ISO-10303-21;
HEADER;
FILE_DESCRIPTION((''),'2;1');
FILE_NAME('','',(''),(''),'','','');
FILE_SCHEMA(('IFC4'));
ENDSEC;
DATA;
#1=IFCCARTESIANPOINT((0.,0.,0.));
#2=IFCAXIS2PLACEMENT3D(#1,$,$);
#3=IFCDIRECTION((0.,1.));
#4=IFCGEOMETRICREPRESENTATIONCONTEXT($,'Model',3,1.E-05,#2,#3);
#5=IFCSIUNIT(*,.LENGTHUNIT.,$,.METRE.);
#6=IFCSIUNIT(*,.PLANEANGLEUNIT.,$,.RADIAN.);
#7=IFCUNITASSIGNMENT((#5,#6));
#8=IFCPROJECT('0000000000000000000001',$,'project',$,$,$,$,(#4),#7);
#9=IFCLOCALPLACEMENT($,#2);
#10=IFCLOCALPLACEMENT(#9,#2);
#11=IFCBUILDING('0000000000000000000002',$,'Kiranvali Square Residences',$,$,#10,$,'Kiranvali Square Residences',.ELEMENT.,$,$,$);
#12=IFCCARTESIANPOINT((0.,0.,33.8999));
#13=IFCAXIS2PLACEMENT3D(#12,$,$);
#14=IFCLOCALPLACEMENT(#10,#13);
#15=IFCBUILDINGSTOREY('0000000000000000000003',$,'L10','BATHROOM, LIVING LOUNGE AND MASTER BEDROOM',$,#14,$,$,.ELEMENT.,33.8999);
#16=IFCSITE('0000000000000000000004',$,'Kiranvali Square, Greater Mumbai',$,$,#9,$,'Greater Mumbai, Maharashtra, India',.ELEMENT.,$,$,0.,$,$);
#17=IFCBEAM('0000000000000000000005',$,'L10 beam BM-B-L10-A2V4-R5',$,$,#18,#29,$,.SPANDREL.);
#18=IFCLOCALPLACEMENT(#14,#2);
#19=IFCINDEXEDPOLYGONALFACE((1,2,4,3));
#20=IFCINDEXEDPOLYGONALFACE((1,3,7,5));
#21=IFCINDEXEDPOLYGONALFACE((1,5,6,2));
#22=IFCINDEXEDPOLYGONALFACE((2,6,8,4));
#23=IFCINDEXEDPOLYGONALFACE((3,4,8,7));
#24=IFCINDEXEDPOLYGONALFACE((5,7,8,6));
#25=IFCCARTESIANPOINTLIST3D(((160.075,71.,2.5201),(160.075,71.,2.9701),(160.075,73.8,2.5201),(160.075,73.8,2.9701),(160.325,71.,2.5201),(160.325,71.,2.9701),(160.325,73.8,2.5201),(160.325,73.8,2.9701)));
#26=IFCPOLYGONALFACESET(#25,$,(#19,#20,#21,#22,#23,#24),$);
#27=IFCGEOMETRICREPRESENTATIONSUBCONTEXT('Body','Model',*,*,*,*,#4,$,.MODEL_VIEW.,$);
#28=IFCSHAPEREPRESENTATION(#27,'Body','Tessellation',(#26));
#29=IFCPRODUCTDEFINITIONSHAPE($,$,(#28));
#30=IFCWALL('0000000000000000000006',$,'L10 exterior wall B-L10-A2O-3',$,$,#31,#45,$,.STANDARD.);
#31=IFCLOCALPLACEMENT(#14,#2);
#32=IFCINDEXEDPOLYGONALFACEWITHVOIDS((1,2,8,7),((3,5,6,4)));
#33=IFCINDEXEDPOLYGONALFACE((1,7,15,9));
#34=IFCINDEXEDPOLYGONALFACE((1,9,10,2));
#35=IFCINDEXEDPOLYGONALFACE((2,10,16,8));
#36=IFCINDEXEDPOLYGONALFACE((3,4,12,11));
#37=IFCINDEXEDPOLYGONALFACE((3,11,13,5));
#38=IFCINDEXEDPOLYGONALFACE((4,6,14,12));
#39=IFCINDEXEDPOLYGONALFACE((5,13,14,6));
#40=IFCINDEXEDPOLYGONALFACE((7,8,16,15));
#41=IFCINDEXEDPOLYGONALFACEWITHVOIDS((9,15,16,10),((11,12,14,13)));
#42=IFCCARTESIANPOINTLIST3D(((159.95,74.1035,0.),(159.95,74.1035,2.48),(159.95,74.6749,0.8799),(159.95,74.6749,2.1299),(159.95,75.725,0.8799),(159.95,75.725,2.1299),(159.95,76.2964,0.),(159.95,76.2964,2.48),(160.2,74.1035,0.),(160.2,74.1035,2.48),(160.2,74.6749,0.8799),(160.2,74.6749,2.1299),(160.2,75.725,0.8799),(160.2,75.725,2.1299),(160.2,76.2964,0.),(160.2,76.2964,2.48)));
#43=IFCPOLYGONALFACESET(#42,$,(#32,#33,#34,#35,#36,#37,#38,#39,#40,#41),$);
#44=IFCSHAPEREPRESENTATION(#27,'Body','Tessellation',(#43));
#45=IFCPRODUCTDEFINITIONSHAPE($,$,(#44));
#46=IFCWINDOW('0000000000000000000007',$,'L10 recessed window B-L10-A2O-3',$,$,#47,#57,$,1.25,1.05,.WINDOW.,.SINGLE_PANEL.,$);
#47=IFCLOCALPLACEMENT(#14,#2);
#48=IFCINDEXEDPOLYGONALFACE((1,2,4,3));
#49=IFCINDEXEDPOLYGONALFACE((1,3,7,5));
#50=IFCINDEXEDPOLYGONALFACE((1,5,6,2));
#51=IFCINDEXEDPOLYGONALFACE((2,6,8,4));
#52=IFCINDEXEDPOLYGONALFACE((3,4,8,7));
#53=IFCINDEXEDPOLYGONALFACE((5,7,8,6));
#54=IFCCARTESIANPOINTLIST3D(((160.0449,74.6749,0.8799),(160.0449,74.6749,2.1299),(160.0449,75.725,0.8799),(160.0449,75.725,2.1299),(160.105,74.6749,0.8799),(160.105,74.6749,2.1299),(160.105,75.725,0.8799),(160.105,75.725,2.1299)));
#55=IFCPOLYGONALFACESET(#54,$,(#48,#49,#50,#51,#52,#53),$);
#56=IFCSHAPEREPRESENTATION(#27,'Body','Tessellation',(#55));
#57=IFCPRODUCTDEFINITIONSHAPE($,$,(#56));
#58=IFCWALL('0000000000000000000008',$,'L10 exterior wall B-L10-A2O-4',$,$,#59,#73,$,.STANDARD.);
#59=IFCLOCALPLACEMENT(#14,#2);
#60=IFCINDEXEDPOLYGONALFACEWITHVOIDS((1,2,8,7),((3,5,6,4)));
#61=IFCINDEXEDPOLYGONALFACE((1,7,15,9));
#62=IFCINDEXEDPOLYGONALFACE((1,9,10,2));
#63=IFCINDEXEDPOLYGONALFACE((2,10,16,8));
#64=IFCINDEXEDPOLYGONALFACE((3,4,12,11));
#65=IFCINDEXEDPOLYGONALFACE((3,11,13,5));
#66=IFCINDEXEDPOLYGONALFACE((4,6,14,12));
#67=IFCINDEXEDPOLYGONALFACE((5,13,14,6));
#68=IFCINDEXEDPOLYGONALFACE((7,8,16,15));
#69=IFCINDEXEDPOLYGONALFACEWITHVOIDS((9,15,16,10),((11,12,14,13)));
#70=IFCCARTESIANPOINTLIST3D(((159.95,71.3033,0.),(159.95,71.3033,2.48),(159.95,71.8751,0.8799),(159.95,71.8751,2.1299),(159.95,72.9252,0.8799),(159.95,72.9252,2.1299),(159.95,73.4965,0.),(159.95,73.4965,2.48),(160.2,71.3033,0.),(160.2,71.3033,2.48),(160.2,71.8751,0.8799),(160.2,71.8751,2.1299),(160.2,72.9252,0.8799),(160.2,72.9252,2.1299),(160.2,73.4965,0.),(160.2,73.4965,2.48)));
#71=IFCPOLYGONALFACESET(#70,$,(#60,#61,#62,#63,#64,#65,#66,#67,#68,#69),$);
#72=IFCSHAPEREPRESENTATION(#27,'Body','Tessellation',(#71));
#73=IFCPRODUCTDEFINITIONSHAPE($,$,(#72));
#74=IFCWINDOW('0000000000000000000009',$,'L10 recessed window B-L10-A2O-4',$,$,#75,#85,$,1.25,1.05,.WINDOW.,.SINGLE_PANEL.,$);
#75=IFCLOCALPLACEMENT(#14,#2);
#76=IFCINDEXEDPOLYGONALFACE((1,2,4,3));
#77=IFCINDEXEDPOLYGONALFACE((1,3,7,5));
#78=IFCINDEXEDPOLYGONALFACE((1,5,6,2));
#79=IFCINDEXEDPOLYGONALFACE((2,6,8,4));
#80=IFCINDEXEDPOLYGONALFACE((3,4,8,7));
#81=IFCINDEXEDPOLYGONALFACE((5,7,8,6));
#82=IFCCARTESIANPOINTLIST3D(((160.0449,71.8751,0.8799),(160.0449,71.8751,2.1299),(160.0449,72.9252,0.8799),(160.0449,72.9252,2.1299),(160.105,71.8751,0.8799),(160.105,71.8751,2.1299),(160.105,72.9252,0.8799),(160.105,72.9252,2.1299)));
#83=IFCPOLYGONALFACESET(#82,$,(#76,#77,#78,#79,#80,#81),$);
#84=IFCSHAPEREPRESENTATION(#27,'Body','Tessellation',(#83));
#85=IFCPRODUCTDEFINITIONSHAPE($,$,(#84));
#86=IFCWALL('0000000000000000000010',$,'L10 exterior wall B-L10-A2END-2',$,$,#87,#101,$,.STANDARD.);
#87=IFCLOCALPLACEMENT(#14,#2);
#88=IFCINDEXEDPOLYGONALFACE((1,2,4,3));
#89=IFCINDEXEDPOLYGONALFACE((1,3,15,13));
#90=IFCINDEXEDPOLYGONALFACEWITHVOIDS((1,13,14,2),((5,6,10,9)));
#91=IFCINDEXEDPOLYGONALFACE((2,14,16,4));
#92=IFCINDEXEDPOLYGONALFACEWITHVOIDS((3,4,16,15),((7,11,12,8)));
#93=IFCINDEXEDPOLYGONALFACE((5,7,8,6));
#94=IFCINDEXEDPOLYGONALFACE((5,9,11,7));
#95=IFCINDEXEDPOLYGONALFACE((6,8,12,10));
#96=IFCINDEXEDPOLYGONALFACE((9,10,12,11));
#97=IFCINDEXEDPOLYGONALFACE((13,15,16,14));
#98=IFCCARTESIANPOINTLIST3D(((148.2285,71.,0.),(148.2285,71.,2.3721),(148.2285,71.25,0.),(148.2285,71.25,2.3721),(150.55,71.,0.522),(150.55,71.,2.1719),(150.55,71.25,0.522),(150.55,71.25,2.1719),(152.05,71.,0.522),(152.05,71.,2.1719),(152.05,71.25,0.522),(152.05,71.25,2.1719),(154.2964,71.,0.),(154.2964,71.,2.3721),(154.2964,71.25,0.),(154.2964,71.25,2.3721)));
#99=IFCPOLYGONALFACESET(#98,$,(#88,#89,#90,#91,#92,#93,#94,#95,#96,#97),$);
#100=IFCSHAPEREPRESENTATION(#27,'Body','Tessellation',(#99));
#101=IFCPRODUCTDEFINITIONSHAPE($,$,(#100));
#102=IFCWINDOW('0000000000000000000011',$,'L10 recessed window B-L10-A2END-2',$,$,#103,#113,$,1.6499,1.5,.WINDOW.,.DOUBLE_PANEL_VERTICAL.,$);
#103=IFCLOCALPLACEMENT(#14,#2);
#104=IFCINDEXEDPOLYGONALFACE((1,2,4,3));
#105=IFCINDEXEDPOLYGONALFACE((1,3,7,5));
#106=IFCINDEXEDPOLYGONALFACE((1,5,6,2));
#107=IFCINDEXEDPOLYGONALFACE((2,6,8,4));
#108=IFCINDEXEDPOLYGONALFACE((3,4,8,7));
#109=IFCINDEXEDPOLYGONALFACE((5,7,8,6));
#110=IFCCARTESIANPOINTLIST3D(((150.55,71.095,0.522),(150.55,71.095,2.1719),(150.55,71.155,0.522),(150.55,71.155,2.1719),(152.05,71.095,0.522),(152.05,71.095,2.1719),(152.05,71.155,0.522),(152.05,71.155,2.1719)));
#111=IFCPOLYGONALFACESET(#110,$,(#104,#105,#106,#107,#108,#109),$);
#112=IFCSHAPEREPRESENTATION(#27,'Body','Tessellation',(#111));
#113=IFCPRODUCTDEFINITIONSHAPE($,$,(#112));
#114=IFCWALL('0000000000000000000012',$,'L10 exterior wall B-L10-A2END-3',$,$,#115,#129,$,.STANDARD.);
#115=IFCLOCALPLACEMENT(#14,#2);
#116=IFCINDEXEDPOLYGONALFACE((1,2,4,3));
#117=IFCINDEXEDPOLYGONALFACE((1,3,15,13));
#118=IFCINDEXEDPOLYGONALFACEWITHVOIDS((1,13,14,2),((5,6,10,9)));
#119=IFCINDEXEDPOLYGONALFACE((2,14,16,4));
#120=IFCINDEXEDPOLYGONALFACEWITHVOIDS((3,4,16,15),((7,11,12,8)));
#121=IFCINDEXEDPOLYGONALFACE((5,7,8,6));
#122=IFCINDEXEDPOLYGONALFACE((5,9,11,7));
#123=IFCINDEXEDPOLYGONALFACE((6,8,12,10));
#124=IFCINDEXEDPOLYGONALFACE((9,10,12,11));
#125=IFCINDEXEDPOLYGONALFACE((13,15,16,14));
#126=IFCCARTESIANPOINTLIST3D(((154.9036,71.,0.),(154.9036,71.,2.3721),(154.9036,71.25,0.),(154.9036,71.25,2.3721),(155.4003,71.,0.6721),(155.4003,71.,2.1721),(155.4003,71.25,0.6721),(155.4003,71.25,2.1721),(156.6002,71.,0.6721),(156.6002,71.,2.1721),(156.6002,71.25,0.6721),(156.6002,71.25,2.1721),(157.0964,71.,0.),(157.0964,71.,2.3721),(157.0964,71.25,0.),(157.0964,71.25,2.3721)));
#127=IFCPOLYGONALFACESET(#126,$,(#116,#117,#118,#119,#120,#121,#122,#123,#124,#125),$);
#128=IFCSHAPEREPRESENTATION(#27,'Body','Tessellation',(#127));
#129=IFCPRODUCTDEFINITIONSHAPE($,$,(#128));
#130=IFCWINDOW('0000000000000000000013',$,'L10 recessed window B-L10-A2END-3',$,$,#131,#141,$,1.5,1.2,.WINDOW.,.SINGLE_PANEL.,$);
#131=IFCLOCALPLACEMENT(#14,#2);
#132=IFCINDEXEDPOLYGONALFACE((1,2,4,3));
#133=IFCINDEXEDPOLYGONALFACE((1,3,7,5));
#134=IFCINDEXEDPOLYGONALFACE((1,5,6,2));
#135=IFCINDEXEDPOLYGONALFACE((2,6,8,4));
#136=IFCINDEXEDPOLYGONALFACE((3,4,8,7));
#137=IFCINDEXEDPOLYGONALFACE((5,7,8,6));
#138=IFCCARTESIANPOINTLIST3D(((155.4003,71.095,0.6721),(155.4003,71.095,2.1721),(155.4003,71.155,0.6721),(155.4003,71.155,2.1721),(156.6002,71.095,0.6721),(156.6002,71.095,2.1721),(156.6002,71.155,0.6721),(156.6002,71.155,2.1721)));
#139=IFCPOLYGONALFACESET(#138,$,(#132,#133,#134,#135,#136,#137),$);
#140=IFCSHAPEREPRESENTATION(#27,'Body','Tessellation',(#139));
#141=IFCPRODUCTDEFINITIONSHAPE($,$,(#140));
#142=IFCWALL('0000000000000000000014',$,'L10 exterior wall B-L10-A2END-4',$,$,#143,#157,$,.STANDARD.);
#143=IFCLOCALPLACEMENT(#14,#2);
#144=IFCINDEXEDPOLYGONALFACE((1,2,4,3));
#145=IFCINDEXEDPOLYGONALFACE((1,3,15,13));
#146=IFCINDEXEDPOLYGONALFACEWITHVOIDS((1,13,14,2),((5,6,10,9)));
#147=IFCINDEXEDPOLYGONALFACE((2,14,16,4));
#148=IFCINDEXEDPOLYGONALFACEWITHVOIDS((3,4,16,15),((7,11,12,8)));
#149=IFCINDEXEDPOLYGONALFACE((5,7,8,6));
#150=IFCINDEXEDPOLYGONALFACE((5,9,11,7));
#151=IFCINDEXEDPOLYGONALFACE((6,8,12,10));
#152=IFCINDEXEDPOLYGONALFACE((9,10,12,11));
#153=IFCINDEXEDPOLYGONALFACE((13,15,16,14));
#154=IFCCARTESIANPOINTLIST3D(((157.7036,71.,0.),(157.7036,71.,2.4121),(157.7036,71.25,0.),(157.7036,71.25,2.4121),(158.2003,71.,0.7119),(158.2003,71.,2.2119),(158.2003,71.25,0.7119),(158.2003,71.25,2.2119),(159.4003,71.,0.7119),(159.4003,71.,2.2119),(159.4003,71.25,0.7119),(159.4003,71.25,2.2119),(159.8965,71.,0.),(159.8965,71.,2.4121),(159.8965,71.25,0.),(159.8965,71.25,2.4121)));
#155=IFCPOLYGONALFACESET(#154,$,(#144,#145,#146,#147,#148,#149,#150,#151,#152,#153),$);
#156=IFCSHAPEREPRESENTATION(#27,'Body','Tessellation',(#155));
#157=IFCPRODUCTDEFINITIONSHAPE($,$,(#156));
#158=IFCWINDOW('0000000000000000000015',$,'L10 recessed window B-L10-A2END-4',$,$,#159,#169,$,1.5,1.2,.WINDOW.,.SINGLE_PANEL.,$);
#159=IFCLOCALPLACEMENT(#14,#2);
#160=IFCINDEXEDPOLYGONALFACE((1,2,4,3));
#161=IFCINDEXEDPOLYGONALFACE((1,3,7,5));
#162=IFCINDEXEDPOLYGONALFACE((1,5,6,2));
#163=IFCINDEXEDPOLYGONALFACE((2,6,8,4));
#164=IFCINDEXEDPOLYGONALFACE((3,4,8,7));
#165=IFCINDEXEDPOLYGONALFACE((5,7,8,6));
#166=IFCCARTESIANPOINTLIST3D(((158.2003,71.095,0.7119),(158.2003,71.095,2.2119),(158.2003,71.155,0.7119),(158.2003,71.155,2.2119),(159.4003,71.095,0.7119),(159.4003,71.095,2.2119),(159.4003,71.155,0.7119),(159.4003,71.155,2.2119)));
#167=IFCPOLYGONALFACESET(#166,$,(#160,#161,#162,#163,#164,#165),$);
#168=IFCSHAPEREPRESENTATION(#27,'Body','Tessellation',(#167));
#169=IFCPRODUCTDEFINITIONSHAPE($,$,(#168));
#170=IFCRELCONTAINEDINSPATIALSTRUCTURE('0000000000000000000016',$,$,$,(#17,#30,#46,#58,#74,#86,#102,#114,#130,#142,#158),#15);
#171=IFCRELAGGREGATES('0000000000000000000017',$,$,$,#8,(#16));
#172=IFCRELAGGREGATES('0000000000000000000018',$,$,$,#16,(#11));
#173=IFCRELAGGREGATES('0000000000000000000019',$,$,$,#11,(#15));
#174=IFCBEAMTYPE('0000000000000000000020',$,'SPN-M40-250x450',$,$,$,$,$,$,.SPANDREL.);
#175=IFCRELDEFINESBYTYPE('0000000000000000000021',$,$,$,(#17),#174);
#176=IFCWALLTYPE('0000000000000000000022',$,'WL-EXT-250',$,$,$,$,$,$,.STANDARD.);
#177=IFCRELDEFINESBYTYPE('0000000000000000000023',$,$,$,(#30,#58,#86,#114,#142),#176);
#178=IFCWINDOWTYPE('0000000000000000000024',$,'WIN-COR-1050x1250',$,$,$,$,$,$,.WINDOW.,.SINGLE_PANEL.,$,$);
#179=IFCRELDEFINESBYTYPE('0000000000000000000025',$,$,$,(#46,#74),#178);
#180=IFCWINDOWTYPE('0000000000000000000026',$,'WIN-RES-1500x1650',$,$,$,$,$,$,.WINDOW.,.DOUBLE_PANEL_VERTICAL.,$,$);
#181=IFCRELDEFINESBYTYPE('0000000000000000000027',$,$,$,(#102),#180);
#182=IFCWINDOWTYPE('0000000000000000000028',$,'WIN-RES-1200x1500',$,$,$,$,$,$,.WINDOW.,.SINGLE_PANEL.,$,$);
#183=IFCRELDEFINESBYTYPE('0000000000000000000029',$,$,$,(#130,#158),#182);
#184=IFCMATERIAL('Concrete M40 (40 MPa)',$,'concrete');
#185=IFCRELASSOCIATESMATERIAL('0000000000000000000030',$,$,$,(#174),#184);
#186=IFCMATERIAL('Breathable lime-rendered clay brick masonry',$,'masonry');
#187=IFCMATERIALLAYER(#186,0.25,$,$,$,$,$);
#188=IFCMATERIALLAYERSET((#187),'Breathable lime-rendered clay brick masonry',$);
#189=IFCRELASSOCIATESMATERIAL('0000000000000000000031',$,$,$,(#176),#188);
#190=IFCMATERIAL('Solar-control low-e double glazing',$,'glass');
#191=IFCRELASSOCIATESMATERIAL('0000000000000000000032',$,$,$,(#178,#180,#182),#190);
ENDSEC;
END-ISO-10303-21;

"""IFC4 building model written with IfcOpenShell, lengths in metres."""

from ifc_helpers import new_model, si_unit, direction, frame, frame_2d, origin, origin_2d, place, context, subcontext, project, spatial, rectangle, extrude, material, layer, layer_set, material_profile, profile_set, type_object, element, fill, save


model = new_model("IFC4")

# Units and contexts
model_context = context("Model", 3, precision=1e-05, world=origin(), true_north=direction((0.0, 1.0)))
body_context = subcontext(model_context, "Body", "Model", "MODEL_VIEW")
ifc_project = project(units=[si_unit("LENGTHUNIT", "METRE"), si_unit("PLANEANGLEUNIT", "RADIAN")], contexts=[model_context])

# Site, building, storey
site_placement = place(None, origin())
site = spatial("IfcSite", under=ifc_project, at=site_placement, Name="Kiranvali Square, Greater Mumbai", LongName="Greater Mumbai, Maharashtra, India", CompositionType="ELEMENT", RefElevation=0.0)
building_placement = place(site_placement, origin())
building = spatial("IfcBuilding", under=site, at=building_placement, Name="Kiranvali Square Residences", LongName="Kiranvali Square Residences", CompositionType="ELEMENT")
storey_placement = place(building_placement, frame((0.0, 0.0, 33.8999)))
storey = spatial("IfcBuildingStorey", under=building, at=storey_placement, Name="L10", Description="BATHROOM, LIVING LOUNGE AND MASTER BEDROOM", CompositionType="ELEMENT", Elevation=33.8999)

# Shared definitions
ifc_material_1 = material(Name="Concrete M40 (40 MPa)", Category="concrete")

# Beam
ifc_material_profile_1 = material_profile(ifc_material_1, rectangle(XDim=0.25, YDim=0.45, at=origin_2d()), Name="RC 250x450")
ifc_profile_set_1 = profile_set([ifc_material_profile_1], Name="Concrete M40 (40 MPa)")
beam_type_1 = type_object("IfcBeamType", Name="SPN-M40-250x450", PredefinedType="SPANDREL", material=ifc_profile_set_1)
beam_1_placement = place(storey_placement, frame((160.2, 73.8, 2.7451), z_axis=(0.0, -1.0, 0.0), x_axis=(1.0, 0.0, 0.0)))
element("IfcBeam", 1, at=beam_1_placement, inside=storey, type_object=beam_type_1, Name="L10 beam BM-B-L10-A2V4-R5", PredefinedType="SPANDREL", context=body_context, shape_type="SweptSolid", body=[
    extrude(rectangle(XDim=0.25, YDim=0.45, at=origin_2d()), origin(), (0.0, 0.0, 1.0), 2.8),
])

# Walls, openings, windows
ifc_material_2 = material(Name="Breathable lime-rendered clay brick masonry", Category="masonry")
ifc_layer_1 = layer(ifc_material_2, 0.25)
ifc_layer_set_1 = layer_set([ifc_layer_1], Name="Breathable lime-rendered clay brick masonry")
wall_type_1 = type_object("IfcWallType", Name="WL-EXT-250", PredefinedType="STANDARD", material=ifc_layer_set_1)
wall_1_placement = place(storey_placement, frame((160.075, 76.2964, 0.0), z_axis=(0.0, 0.0, 1.0), x_axis=(0.0, -1.0, 0.0)))
wall_1 = element("IfcWall", 2, at=wall_1_placement, inside=storey, type_object=wall_type_1, Name="L10 exterior wall B-L10-A2O-3", PredefinedType="STANDARD", context=body_context, shape_type="SweptSolid", body=[
    extrude(rectangle(XDim=2.1929, YDim=0.25, at=frame_2d((1.0964, 0.0))), origin(), (0.0, 0.0, 1.0), 2.48),
])
opening_1_placement = place(wall_1_placement, frame((0.5715, 0.0, 0.8799)))
opening_1 = element("IfcOpeningElement", 3, at=opening_1_placement, cuts=wall_1, PredefinedType="OPENING", context=body_context, shape_type="SweptSolid", body=[
    extrude(rectangle(XDim=1.05, YDim=1.25, at=frame_2d((0.5249, 0.625))), frame((0.0, 0.135, 0.0), z_axis=(0.0, -1.0, 0.0), x_axis=(1.0, 0.0, 0.0)), (0.0, 0.0, 1.0), 0.27),
])
ifc_material_3 = material(Name="Solar-control low-e double glazing", Category="glass")
window_type_1 = type_object("IfcWindowType", Name="WIN-COR-1050x1250", PartitioningType="SINGLE_PANEL", PredefinedType="WINDOW", material=ifc_material_3)
window_1_placement = place(opening_1_placement, origin())
window_1 = element("IfcWindow", 4, at=window_1_placement, inside=storey, type_object=window_type_1, Name="L10 recessed window B-L10-A2O-3", OverallHeight=1.25, OverallWidth=1.05, PartitioningType="SINGLE_PANEL", PredefinedType="WINDOW", context=body_context, shape_type="SweptSolid", body=[
    extrude(rectangle(XDim=1.05, YDim=1.25, at=frame_2d((0.5249, 0.625))), frame((0.0, 0.03, 0.0), z_axis=(0.0, -1.0, 0.0), x_axis=(1.0, 0.0, 0.0)), (0.0, 0.0, 1.0), 0.0601),
])
fill(opening_1, window_1)
wall_2_placement = place(storey_placement, frame((160.075, 73.4966, 0.0), z_axis=(0.0, 0.0, 1.0), x_axis=(0.0, -1.0, 0.0)))
wall_2 = element("IfcWall", 5, at=wall_2_placement, inside=storey, type_object=wall_type_1, Name="L10 exterior wall B-L10-A2O-4", PredefinedType="STANDARD", context=body_context, shape_type="SweptSolid", body=[
    extrude(rectangle(XDim=2.1931, YDim=0.25, at=frame_2d((1.0967, 0.0))), origin(), (0.0, 0.0, 1.0), 2.48),
])
opening_2_placement = place(wall_2_placement, frame((0.5715, 0.0, 0.8799)))
opening_2 = element("IfcOpeningElement", 6, at=opening_2_placement, cuts=wall_2, PredefinedType="OPENING", context=body_context, shape_type="SweptSolid", body=[
    extrude(rectangle(XDim=1.05, YDim=1.25, at=frame_2d((0.5249, 0.625))), frame((0.0, 0.135, 0.0), z_axis=(0.0, -1.0, 0.0), x_axis=(1.0, 0.0, 0.0)), (0.0, 0.0, 1.0), 0.27),
])
window_2_placement = place(opening_2_placement, origin())
window_2 = element("IfcWindow", 7, at=window_2_placement, inside=storey, type_object=window_type_1, Name="L10 recessed window B-L10-A2O-4", OverallHeight=1.25, OverallWidth=1.05, PartitioningType="SINGLE_PANEL", PredefinedType="WINDOW", context=body_context, shape_type="SweptSolid", body=[
    extrude(rectangle(XDim=1.05, YDim=1.25, at=frame_2d((0.5249, 0.625))), frame((0.0, 0.03, 0.0), z_axis=(0.0, -1.0, 0.0), x_axis=(1.0, 0.0, 0.0)), (0.0, 0.0, 1.0), 0.0601),
])
fill(opening_2, window_2)
wall_3_placement = place(storey_placement, frame((148.2285, 71.125, 0.0), z_axis=(0.0, 0.0, 1.0), x_axis=(1.0, 0.0, 0.0)))
wall_3 = element("IfcWall", 8, at=wall_3_placement, inside=storey, type_object=wall_type_1, Name="L10 exterior wall B-L10-A2END-2", PredefinedType="STANDARD", context=body_context, shape_type="SweptSolid", body=[
    extrude(rectangle(XDim=6.0679, YDim=0.25, at=frame_2d((3.0339, 0.0))), origin(), (0.0, 0.0, 1.0), 2.3721),
])
opening_3_placement = place(wall_3_placement, frame((2.3215, 0.0, 0.522)))
opening_3 = element("IfcOpeningElement", 9, at=opening_3_placement, cuts=wall_3, PredefinedType="OPENING", context=body_context, shape_type="SweptSolid", body=[
    extrude(rectangle(XDim=1.5, YDim=1.6499, at=frame_2d((0.75, 0.825))), frame((0.0, 0.135, 0.0), z_axis=(0.0, -1.0, 0.0), x_axis=(1.0, 0.0, 0.0)), (0.0, 0.0, 1.0), 0.27),
])
window_type_2 = type_object("IfcWindowType", Name="WIN-RES-1500x1650", PartitioningType="DOUBLE_PANEL_VERTICAL", PredefinedType="WINDOW", material=ifc_material_3)
window_3_placement = place(opening_3_placement, origin())
window_3 = element("IfcWindow", 10, at=window_3_placement, inside=storey, type_object=window_type_2, Name="L10 recessed window B-L10-A2END-2", OverallHeight=1.6499, OverallWidth=1.5, PartitioningType="DOUBLE_PANEL_VERTICAL", PredefinedType="WINDOW", context=body_context, shape_type="SweptSolid", body=[
    extrude(rectangle(XDim=1.5, YDim=1.6499, at=frame_2d((0.75, 0.825))), frame((0.0, 0.03, 0.0), z_axis=(0.0, -1.0, 0.0), x_axis=(1.0, 0.0, 0.0)), (0.0, 0.0, 1.0), 0.0601),
])
fill(opening_3, window_3)
wall_4_placement = place(storey_placement, frame((154.9036, 71.125, 0.0), z_axis=(0.0, 0.0, 1.0), x_axis=(1.0, 0.0, 0.0)))
wall_4 = element("IfcWall", 11, at=wall_4_placement, inside=storey, type_object=wall_type_1, Name="L10 exterior wall B-L10-A2END-3", PredefinedType="STANDARD", context=body_context, shape_type="SweptSolid", body=[
    extrude(rectangle(XDim=2.1929, YDim=0.25, at=frame_2d((1.0964, 0.0))), origin(), (0.0, 0.0, 1.0), 2.3721),
])
opening_4_placement = place(wall_4_placement, frame((0.4966, 0.0, 0.6721)))
opening_4 = element("IfcOpeningElement", 12, at=opening_4_placement, cuts=wall_4, PredefinedType="OPENING", context=body_context, shape_type="SweptSolid", body=[
    extrude(rectangle(XDim=1.2, YDim=1.5, at=frame_2d((0.6001, 0.75))), frame((0.0, 0.135, 0.0), z_axis=(0.0, -1.0, 0.0), x_axis=(1.0, 0.0, 0.0)), (0.0, 0.0, 1.0), 0.27),
])
window_type_3 = type_object("IfcWindowType", Name="WIN-RES-1200x1500", PartitioningType="SINGLE_PANEL", PredefinedType="WINDOW", material=ifc_material_3)
window_4_placement = place(opening_4_placement, origin())
window_4 = element("IfcWindow", 13, at=window_4_placement, inside=storey, type_object=window_type_3, Name="L10 recessed window B-L10-A2END-3", OverallHeight=1.5, OverallWidth=1.2, PartitioningType="SINGLE_PANEL", PredefinedType="WINDOW", context=body_context, shape_type="SweptSolid", body=[
    extrude(rectangle(XDim=1.2, YDim=1.5, at=frame_2d((0.6001, 0.75))), frame((0.0, 0.03, 0.0), z_axis=(0.0, -1.0, 0.0), x_axis=(1.0, 0.0, 0.0)), (0.0, 0.0, 1.0), 0.0601),
])
fill(opening_4, window_4)
wall_5_placement = place(storey_placement, frame((157.7036, 71.125, 0.0), z_axis=(0.0, 0.0, 1.0), x_axis=(1.0, 0.0, 0.0)))
wall_5 = element("IfcWall", 14, at=wall_5_placement, inside=storey, type_object=wall_type_1, Name="L10 exterior wall B-L10-A2END-4", PredefinedType="STANDARD", context=body_context, shape_type="SweptSolid", body=[
    extrude(rectangle(XDim=2.1929, YDim=0.25, at=frame_2d((1.0964, 0.0))), origin(), (0.0, 0.0, 1.0), 2.4121),
])
opening_5_placement = place(wall_5_placement, frame((0.4966, 0.0, 0.7119)))
opening_5 = element("IfcOpeningElement", 15, at=opening_5_placement, cuts=wall_5, PredefinedType="OPENING", context=body_context, shape_type="SweptSolid", body=[
    extrude(rectangle(XDim=1.2, YDim=1.5, at=frame_2d((0.6001, 0.75))), frame((0.0, 0.135, 0.0), z_axis=(0.0, -1.0, 0.0), x_axis=(1.0, 0.0, 0.0)), (0.0, 0.0, 1.0), 0.27),
])
window_5_placement = place(opening_5_placement, origin())
window_5 = element("IfcWindow", 16, at=window_5_placement, inside=storey, type_object=window_type_3, Name="L10 recessed window B-L10-A2END-4", OverallHeight=1.5, OverallWidth=1.2, PartitioningType="SINGLE_PANEL", PredefinedType="WINDOW", context=body_context, shape_type="SweptSolid", body=[
    extrude(rectangle(XDim=1.2, YDim=1.5, at=frame_2d((0.6001, 0.75))), frame((0.0, 0.03, 0.0), z_axis=(0.0, -1.0, 0.0), x_axis=(1.0, 0.0, 0.0)), (0.0, 0.0, 1.0), 0.0601),
])
fill(opening_5, window_5)

save(model, "model.ifc")
